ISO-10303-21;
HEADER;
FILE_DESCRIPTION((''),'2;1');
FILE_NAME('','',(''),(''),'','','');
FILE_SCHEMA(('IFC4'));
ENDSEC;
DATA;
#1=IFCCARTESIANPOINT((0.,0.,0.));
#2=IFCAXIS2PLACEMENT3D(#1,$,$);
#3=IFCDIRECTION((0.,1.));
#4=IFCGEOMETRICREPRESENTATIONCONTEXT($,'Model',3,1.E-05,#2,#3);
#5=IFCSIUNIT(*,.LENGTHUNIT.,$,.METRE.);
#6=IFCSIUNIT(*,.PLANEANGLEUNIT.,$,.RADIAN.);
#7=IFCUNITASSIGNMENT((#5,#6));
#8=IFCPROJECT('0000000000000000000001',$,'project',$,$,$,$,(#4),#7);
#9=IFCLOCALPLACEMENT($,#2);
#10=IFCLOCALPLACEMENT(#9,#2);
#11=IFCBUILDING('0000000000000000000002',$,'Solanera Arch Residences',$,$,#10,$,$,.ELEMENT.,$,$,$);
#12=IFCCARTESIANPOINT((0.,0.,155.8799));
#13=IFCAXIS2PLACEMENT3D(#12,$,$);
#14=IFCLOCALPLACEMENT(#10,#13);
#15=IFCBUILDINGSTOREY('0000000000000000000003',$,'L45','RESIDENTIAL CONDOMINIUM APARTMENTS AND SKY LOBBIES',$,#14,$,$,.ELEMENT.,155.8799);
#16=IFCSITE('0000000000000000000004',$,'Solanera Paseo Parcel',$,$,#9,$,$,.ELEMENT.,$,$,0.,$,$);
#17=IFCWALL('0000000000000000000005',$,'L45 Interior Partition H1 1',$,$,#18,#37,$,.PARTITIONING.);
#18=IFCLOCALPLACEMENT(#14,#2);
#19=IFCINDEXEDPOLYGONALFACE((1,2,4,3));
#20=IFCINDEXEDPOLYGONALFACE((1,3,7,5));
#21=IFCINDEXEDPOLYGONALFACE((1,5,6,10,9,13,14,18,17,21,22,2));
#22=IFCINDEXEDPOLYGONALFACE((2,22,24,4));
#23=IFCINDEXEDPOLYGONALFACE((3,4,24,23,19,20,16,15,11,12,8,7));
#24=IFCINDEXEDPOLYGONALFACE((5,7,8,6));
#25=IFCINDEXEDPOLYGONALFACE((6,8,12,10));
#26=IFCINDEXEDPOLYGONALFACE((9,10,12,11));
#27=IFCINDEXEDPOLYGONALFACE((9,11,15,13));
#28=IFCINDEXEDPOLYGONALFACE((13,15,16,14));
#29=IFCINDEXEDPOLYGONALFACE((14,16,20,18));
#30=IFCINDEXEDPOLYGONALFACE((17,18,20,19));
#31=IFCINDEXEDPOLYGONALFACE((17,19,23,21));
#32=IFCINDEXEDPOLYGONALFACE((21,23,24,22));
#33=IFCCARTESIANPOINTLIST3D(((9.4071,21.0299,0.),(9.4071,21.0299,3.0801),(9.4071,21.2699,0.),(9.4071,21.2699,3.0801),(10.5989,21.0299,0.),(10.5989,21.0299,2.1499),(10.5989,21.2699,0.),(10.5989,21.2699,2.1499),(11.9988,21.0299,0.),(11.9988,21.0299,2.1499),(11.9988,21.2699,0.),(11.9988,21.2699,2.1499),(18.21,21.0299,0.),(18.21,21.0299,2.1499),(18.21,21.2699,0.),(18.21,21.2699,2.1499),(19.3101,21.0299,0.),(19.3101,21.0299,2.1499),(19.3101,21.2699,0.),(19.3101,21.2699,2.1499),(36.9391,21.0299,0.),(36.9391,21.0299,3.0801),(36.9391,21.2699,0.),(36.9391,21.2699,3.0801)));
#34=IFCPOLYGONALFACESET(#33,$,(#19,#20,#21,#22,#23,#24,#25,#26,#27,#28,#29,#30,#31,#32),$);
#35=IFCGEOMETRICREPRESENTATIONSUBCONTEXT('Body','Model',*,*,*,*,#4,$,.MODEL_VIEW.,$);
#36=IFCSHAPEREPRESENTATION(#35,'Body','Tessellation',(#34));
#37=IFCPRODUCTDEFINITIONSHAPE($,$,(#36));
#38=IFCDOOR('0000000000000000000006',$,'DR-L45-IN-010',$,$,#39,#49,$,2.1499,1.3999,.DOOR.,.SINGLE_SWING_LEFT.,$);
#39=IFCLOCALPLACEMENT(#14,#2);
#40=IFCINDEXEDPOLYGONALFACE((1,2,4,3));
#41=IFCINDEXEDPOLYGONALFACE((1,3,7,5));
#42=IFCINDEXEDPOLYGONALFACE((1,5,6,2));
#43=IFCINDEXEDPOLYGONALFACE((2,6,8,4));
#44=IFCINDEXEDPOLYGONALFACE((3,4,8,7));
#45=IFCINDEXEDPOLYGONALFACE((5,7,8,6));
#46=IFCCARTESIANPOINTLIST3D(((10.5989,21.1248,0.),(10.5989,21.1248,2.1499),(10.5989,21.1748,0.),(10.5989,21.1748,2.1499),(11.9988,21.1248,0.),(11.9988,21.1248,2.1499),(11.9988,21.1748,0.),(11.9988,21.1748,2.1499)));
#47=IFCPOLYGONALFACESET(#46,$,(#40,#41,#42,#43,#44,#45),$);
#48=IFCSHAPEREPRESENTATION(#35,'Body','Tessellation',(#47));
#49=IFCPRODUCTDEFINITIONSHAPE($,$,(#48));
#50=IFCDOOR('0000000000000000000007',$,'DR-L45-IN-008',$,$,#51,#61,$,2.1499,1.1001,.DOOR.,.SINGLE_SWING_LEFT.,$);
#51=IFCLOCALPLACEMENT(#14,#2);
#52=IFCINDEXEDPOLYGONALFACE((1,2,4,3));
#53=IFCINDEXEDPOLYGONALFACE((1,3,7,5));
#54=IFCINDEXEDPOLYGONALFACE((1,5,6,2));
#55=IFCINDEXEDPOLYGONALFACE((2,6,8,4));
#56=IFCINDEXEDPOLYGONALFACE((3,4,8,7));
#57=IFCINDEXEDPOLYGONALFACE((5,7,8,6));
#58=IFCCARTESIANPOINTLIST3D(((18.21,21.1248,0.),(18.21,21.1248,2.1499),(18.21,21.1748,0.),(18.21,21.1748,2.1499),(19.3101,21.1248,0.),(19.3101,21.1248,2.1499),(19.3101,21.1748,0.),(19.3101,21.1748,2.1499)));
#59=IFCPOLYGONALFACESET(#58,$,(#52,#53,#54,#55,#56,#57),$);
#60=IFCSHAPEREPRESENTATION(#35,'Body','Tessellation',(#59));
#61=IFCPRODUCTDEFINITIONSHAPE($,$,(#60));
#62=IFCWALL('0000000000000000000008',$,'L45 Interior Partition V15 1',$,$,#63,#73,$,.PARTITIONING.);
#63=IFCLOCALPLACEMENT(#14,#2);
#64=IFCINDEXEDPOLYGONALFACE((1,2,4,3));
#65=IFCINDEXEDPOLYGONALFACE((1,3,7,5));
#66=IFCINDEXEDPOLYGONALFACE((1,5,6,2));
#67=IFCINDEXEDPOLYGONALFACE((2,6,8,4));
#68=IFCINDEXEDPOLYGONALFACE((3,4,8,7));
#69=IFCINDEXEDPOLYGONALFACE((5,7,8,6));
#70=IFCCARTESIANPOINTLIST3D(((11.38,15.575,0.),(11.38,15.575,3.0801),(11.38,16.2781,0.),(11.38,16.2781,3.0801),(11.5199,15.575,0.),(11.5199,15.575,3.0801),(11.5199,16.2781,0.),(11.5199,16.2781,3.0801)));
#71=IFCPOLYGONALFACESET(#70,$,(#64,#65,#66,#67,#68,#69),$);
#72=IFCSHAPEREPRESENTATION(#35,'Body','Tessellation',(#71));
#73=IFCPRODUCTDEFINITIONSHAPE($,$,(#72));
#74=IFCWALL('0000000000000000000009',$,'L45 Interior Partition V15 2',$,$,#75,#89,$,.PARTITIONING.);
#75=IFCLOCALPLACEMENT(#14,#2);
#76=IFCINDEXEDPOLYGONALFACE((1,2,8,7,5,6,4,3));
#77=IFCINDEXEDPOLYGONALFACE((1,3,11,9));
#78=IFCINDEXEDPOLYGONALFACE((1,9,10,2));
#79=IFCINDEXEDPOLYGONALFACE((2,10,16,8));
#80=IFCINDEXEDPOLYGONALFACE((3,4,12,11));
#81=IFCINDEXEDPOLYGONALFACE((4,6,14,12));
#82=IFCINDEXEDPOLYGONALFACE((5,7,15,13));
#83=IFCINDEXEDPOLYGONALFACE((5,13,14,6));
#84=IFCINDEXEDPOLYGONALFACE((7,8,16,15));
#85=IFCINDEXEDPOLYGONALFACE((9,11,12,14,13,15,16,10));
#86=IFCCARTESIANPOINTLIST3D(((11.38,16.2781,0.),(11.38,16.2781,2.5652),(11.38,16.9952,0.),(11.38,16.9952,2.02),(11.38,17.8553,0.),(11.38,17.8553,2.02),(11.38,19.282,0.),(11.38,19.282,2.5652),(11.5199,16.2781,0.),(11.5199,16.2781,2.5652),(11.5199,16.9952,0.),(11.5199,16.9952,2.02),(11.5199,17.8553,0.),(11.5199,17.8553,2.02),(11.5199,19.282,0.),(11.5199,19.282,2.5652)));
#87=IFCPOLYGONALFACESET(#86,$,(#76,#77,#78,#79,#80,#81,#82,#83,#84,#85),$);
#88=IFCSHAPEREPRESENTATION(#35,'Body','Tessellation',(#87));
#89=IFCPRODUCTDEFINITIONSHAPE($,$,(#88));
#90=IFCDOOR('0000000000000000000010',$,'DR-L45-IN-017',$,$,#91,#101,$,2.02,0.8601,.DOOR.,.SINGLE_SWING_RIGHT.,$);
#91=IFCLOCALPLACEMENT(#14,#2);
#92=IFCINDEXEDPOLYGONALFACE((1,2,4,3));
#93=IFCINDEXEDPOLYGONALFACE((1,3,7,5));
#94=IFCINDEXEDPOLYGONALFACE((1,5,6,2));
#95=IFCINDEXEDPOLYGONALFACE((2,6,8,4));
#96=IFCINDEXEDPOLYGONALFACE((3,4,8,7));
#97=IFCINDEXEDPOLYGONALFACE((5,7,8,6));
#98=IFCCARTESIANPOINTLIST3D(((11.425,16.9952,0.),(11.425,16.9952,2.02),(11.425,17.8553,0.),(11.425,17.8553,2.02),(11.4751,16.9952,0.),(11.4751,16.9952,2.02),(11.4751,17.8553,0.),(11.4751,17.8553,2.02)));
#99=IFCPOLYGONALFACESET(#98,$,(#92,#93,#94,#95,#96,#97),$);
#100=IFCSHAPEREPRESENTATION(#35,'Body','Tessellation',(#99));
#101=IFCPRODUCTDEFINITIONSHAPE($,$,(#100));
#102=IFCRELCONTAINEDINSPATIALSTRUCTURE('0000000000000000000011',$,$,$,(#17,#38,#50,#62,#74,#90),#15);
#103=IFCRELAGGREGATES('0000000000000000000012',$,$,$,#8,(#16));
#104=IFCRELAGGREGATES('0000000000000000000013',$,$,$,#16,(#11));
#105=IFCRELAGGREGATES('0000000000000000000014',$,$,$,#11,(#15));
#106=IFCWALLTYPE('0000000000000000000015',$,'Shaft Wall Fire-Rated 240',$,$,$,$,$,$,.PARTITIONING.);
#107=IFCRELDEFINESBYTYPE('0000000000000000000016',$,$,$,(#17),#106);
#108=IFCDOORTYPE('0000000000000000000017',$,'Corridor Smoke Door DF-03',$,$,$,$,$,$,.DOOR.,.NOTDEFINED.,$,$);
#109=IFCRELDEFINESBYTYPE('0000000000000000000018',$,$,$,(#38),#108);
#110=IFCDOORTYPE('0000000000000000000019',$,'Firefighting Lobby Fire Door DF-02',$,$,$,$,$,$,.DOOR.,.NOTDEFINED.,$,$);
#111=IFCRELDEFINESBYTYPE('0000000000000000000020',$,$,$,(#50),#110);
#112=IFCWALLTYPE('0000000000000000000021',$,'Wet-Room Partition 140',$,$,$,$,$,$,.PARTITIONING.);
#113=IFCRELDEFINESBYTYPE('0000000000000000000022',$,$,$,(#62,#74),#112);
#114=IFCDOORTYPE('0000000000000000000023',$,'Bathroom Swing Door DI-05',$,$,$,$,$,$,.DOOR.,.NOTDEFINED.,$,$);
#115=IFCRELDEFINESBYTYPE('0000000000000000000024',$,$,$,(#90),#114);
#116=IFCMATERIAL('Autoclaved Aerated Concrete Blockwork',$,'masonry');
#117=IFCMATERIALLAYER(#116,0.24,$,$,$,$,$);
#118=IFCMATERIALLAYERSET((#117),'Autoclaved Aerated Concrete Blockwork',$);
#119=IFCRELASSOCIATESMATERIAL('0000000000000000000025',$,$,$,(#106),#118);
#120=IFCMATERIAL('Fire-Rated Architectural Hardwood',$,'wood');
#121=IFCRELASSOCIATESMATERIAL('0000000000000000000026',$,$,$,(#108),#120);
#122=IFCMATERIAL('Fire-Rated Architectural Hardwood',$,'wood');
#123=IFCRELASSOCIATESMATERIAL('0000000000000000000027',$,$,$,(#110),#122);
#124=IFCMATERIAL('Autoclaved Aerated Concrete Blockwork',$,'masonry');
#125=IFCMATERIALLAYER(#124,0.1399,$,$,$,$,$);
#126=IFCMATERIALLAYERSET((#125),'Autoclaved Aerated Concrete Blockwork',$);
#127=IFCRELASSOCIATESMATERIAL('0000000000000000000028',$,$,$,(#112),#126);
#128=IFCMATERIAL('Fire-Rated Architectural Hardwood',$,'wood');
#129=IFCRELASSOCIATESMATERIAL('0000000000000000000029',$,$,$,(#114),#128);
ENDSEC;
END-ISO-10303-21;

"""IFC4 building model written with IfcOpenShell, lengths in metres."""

from ifc_helpers import new_model, si_unit, direction, frame, frame_2d, origin, place, context, subcontext, project, spatial, rectangle, extrude, material, layer, layer_set, type_object, element, fill, save


model = new_model("IFC4")

# Units and contexts
model_context = context("Model", 3, precision=1e-05, world=origin(), true_north=direction((0.0, 1.0)))
body_context = subcontext(model_context, "Body", "Model", "MODEL_VIEW")
ifc_project = project(units=[si_unit("LENGTHUNIT", "METRE"), si_unit("PLANEANGLEUNIT", "RADIAN")], contexts=[model_context])

# Site, building, storey
site_placement = place(None, origin())
site = spatial("IfcSite", under=ifc_project, at=site_placement, Name="Solanera Paseo Parcel", CompositionType="ELEMENT", RefElevation=0.0)
building_placement = place(site_placement, origin())
building = spatial("IfcBuilding", under=site, at=building_placement, Name="Solanera Arch Residences", CompositionType="ELEMENT")
storey_placement = place(building_placement, frame((0.0, 0.0, 155.8799)))
storey = spatial("IfcBuildingStorey", under=building, at=storey_placement, Name="L45", Description="RESIDENTIAL CONDOMINIUM APARTMENTS AND SKY LOBBIES", CompositionType="ELEMENT", Elevation=155.8799)

# Wall, openings, doors
ifc_material_1 = material(Name="Autoclaved Aerated Concrete Blockwork", Category="masonry")
ifc_layer_1 = layer(ifc_material_1, 0.24)
ifc_layer_set_1 = layer_set([ifc_layer_1], Name="Autoclaved Aerated Concrete Blockwork")
wall_type_1 = type_object("IfcWallType", Name="Shaft Wall Fire-Rated 240", PredefinedType="PARTITIONING", material=ifc_layer_set_1)
wall_1_placement = place(storey_placement, frame((9.407, 21.1499, 0.0), z_axis=(0.0, 0.0, 1.0), x_axis=(1.0, 0.0, 0.0)))
wall_1 = element("IfcWall", 1, at=wall_1_placement, inside=storey, type_object=wall_type_1, Name="L45 Interior Partition H1 1", PredefinedType="PARTITIONING", context=body_context, shape_type="SweptSolid", body=[
    extrude(rectangle(XDim=27.532, YDim=0.24, at=frame_2d((13.7661, 0.0))), origin(), (0.0, 0.0, 1.0), 3.0801),
])
opening_1_placement = place(wall_1_placement, frame((8.803, 0.0, 0.0)))
opening_1 = element("IfcOpeningElement", 2, at=opening_1_placement, cuts=wall_1, PredefinedType="OPENING", context=body_context, shape_type="SweptSolid", body=[
    extrude(rectangle(XDim=1.1001, YDim=2.1499, at=frame_2d((0.55, 1.075))), frame((0.0, 0.1299, 0.0), z_axis=(0.0, -1.0, 0.0), x_axis=(1.0, 0.0, 0.0)), (0.0, 0.0, 1.0), 0.26),
])
opening_2_placement = place(wall_1_placement, frame((1.1919, 0.0, 0.0)))
opening_2 = element("IfcOpeningElement", 3, at=opening_2_placement, cuts=wall_1, PredefinedType="OPENING", context=body_context, shape_type="SweptSolid", body=[
    extrude(rectangle(XDim=1.3999, YDim=2.1499, at=frame_2d((0.7, 1.075))), frame((0.0, 0.1299, 0.0), z_axis=(0.0, -1.0, 0.0), x_axis=(1.0, 0.0, 0.0)), (0.0, 0.0, 1.0), 0.26),
])
ifc_material_2 = material(Name="Fire-Rated Architectural Hardwood", Category="wood")
door_type_1 = type_object("IfcDoorType", Name="Corridor Smoke Door DF-03", OperationType="NOTDEFINED", PredefinedType="DOOR", material=ifc_material_2)
door_1_placement = place(opening_2_placement, origin())
door_1 = element("IfcDoor", 4, at=door_1_placement, inside=storey, type_object=door_type_1, Name="DR-L45-IN-010", OperationType="SINGLE_SWING_LEFT", OverallHeight=2.1499, OverallWidth=1.3999, PredefinedType="DOOR", context=body_context, shape_type="SweptSolid", body=[
    extrude(rectangle(XDim=1.3999, YDim=2.1499, at=frame_2d((0.7, 1.075))), frame((0.0, 0.0249, 0.0), z_axis=(0.0, -1.0, 0.0), x_axis=(1.0, 0.0, 0.0)), (0.0, 0.0, 1.0), 0.05),
])
fill(opening_2, door_1)
ifc_material_3 = material(Name="Fire-Rated Architectural Hardwood", Category="wood")
door_type_2 = type_object("IfcDoorType", Name="Firefighting Lobby Fire Door DF-02", OperationType="NOTDEFINED", PredefinedType="DOOR", material=ifc_material_3)
door_2_placement = place(opening_1_placement, origin())
door_2 = element("IfcDoor", 5, at=door_2_placement, inside=storey, type_object=door_type_2, Name="DR-L45-IN-008", OperationType="SINGLE_SWING_LEFT", OverallHeight=2.1499, OverallWidth=1.1001, PredefinedType="DOOR", context=body_context, shape_type="SweptSolid", body=[
    extrude(rectangle(XDim=1.1001, YDim=2.1499, at=frame_2d((0.55, 1.075))), frame((0.0, 0.0249, 0.0), z_axis=(0.0, -1.0, 0.0), x_axis=(1.0, 0.0, 0.0)), (0.0, 0.0, 1.0), 0.05),
])
fill(opening_1, door_2)

# Wall
ifc_material_4 = material(Name="Autoclaved Aerated Concrete Blockwork", Category="masonry")
ifc_layer_2 = layer(ifc_material_4, 0.1399)
ifc_layer_set_2 = layer_set([ifc_layer_2], Name="Autoclaved Aerated Concrete Blockwork")
wall_type_2 = type_object("IfcWallType", Name="Wet-Room Partition 140", PredefinedType="PARTITIONING", material=ifc_layer_set_2)
wall_2_placement = place(storey_placement, frame((11.45, 15.575, 0.0), z_axis=(0.0, 0.0, 1.0), x_axis=(0.0, 1.0, 0.0)))
element("IfcWall", 6, at=wall_2_placement, inside=storey, type_object=wall_type_2, Name="L45 Interior Partition V15 1", PredefinedType="PARTITIONING", context=body_context, shape_type="SweptSolid", body=[
    extrude(rectangle(XDim=0.7031, YDim=0.1399, at=frame_2d((0.3516, 0.0))), origin(), (0.0, 0.0, 1.0), 3.0801),
])

# Wall, opening, door
wall_3_placement = place(storey_placement, frame((11.45, 16.2781, 0.0), z_axis=(0.0, 0.0, 1.0), x_axis=(0.0, 1.0, 0.0)))
wall_3 = element("IfcWall", 7, at=wall_3_placement, inside=storey, type_object=wall_type_2, Name="L45 Interior Partition V15 2", PredefinedType="PARTITIONING", context=body_context, shape_type="SweptSolid", body=[
    extrude(rectangle(XDim=3.0039, YDim=0.1399, at=frame_2d((1.502, 0.0))), origin(), (0.0, 0.0, 1.0), 2.5652),
])
opening_3_placement = place(wall_3_placement, frame((0.717, 0.0, 0.0)))
opening_3 = element("IfcOpeningElement", 8, at=opening_3_placement, cuts=wall_3, PredefinedType="OPENING", context=body_context, shape_type="SweptSolid", body=[
    extrude(rectangle(XDim=0.8601, YDim=2.02, at=frame_2d((0.4302, 1.01))), frame((0.0, 0.0798, 0.0), z_axis=(0.0, -1.0, 0.0), x_axis=(1.0, 0.0, 0.0)), (0.0, 0.0, 1.0), 0.1599),
])
ifc_material_5 = material(Name="Fire-Rated Architectural Hardwood", Category="wood")
door_type_3 = type_object("IfcDoorType", Name="Bathroom Swing Door DI-05", OperationType="NOTDEFINED", PredefinedType="DOOR", material=ifc_material_5)
door_3_placement = place(opening_3_placement, origin())
door_3 = element("IfcDoor", 9, at=door_3_placement, inside=storey, type_object=door_type_3, Name="DR-L45-IN-017", OperationType="SINGLE_SWING_RIGHT", OverallHeight=2.02, OverallWidth=0.8601, PredefinedType="DOOR", context=body_context, shape_type="SweptSolid", body=[
    extrude(rectangle(XDim=0.8601, YDim=2.02, at=frame_2d((0.4302, 1.01))), frame((0.0, 0.0249, 0.0), z_axis=(0.0, -1.0, 0.0), x_axis=(1.0, 0.0, 0.0)), (0.0, 0.0, 1.0), 0.05),
])
fill(opening_3, door_3)

save(model, "model.ifc")
